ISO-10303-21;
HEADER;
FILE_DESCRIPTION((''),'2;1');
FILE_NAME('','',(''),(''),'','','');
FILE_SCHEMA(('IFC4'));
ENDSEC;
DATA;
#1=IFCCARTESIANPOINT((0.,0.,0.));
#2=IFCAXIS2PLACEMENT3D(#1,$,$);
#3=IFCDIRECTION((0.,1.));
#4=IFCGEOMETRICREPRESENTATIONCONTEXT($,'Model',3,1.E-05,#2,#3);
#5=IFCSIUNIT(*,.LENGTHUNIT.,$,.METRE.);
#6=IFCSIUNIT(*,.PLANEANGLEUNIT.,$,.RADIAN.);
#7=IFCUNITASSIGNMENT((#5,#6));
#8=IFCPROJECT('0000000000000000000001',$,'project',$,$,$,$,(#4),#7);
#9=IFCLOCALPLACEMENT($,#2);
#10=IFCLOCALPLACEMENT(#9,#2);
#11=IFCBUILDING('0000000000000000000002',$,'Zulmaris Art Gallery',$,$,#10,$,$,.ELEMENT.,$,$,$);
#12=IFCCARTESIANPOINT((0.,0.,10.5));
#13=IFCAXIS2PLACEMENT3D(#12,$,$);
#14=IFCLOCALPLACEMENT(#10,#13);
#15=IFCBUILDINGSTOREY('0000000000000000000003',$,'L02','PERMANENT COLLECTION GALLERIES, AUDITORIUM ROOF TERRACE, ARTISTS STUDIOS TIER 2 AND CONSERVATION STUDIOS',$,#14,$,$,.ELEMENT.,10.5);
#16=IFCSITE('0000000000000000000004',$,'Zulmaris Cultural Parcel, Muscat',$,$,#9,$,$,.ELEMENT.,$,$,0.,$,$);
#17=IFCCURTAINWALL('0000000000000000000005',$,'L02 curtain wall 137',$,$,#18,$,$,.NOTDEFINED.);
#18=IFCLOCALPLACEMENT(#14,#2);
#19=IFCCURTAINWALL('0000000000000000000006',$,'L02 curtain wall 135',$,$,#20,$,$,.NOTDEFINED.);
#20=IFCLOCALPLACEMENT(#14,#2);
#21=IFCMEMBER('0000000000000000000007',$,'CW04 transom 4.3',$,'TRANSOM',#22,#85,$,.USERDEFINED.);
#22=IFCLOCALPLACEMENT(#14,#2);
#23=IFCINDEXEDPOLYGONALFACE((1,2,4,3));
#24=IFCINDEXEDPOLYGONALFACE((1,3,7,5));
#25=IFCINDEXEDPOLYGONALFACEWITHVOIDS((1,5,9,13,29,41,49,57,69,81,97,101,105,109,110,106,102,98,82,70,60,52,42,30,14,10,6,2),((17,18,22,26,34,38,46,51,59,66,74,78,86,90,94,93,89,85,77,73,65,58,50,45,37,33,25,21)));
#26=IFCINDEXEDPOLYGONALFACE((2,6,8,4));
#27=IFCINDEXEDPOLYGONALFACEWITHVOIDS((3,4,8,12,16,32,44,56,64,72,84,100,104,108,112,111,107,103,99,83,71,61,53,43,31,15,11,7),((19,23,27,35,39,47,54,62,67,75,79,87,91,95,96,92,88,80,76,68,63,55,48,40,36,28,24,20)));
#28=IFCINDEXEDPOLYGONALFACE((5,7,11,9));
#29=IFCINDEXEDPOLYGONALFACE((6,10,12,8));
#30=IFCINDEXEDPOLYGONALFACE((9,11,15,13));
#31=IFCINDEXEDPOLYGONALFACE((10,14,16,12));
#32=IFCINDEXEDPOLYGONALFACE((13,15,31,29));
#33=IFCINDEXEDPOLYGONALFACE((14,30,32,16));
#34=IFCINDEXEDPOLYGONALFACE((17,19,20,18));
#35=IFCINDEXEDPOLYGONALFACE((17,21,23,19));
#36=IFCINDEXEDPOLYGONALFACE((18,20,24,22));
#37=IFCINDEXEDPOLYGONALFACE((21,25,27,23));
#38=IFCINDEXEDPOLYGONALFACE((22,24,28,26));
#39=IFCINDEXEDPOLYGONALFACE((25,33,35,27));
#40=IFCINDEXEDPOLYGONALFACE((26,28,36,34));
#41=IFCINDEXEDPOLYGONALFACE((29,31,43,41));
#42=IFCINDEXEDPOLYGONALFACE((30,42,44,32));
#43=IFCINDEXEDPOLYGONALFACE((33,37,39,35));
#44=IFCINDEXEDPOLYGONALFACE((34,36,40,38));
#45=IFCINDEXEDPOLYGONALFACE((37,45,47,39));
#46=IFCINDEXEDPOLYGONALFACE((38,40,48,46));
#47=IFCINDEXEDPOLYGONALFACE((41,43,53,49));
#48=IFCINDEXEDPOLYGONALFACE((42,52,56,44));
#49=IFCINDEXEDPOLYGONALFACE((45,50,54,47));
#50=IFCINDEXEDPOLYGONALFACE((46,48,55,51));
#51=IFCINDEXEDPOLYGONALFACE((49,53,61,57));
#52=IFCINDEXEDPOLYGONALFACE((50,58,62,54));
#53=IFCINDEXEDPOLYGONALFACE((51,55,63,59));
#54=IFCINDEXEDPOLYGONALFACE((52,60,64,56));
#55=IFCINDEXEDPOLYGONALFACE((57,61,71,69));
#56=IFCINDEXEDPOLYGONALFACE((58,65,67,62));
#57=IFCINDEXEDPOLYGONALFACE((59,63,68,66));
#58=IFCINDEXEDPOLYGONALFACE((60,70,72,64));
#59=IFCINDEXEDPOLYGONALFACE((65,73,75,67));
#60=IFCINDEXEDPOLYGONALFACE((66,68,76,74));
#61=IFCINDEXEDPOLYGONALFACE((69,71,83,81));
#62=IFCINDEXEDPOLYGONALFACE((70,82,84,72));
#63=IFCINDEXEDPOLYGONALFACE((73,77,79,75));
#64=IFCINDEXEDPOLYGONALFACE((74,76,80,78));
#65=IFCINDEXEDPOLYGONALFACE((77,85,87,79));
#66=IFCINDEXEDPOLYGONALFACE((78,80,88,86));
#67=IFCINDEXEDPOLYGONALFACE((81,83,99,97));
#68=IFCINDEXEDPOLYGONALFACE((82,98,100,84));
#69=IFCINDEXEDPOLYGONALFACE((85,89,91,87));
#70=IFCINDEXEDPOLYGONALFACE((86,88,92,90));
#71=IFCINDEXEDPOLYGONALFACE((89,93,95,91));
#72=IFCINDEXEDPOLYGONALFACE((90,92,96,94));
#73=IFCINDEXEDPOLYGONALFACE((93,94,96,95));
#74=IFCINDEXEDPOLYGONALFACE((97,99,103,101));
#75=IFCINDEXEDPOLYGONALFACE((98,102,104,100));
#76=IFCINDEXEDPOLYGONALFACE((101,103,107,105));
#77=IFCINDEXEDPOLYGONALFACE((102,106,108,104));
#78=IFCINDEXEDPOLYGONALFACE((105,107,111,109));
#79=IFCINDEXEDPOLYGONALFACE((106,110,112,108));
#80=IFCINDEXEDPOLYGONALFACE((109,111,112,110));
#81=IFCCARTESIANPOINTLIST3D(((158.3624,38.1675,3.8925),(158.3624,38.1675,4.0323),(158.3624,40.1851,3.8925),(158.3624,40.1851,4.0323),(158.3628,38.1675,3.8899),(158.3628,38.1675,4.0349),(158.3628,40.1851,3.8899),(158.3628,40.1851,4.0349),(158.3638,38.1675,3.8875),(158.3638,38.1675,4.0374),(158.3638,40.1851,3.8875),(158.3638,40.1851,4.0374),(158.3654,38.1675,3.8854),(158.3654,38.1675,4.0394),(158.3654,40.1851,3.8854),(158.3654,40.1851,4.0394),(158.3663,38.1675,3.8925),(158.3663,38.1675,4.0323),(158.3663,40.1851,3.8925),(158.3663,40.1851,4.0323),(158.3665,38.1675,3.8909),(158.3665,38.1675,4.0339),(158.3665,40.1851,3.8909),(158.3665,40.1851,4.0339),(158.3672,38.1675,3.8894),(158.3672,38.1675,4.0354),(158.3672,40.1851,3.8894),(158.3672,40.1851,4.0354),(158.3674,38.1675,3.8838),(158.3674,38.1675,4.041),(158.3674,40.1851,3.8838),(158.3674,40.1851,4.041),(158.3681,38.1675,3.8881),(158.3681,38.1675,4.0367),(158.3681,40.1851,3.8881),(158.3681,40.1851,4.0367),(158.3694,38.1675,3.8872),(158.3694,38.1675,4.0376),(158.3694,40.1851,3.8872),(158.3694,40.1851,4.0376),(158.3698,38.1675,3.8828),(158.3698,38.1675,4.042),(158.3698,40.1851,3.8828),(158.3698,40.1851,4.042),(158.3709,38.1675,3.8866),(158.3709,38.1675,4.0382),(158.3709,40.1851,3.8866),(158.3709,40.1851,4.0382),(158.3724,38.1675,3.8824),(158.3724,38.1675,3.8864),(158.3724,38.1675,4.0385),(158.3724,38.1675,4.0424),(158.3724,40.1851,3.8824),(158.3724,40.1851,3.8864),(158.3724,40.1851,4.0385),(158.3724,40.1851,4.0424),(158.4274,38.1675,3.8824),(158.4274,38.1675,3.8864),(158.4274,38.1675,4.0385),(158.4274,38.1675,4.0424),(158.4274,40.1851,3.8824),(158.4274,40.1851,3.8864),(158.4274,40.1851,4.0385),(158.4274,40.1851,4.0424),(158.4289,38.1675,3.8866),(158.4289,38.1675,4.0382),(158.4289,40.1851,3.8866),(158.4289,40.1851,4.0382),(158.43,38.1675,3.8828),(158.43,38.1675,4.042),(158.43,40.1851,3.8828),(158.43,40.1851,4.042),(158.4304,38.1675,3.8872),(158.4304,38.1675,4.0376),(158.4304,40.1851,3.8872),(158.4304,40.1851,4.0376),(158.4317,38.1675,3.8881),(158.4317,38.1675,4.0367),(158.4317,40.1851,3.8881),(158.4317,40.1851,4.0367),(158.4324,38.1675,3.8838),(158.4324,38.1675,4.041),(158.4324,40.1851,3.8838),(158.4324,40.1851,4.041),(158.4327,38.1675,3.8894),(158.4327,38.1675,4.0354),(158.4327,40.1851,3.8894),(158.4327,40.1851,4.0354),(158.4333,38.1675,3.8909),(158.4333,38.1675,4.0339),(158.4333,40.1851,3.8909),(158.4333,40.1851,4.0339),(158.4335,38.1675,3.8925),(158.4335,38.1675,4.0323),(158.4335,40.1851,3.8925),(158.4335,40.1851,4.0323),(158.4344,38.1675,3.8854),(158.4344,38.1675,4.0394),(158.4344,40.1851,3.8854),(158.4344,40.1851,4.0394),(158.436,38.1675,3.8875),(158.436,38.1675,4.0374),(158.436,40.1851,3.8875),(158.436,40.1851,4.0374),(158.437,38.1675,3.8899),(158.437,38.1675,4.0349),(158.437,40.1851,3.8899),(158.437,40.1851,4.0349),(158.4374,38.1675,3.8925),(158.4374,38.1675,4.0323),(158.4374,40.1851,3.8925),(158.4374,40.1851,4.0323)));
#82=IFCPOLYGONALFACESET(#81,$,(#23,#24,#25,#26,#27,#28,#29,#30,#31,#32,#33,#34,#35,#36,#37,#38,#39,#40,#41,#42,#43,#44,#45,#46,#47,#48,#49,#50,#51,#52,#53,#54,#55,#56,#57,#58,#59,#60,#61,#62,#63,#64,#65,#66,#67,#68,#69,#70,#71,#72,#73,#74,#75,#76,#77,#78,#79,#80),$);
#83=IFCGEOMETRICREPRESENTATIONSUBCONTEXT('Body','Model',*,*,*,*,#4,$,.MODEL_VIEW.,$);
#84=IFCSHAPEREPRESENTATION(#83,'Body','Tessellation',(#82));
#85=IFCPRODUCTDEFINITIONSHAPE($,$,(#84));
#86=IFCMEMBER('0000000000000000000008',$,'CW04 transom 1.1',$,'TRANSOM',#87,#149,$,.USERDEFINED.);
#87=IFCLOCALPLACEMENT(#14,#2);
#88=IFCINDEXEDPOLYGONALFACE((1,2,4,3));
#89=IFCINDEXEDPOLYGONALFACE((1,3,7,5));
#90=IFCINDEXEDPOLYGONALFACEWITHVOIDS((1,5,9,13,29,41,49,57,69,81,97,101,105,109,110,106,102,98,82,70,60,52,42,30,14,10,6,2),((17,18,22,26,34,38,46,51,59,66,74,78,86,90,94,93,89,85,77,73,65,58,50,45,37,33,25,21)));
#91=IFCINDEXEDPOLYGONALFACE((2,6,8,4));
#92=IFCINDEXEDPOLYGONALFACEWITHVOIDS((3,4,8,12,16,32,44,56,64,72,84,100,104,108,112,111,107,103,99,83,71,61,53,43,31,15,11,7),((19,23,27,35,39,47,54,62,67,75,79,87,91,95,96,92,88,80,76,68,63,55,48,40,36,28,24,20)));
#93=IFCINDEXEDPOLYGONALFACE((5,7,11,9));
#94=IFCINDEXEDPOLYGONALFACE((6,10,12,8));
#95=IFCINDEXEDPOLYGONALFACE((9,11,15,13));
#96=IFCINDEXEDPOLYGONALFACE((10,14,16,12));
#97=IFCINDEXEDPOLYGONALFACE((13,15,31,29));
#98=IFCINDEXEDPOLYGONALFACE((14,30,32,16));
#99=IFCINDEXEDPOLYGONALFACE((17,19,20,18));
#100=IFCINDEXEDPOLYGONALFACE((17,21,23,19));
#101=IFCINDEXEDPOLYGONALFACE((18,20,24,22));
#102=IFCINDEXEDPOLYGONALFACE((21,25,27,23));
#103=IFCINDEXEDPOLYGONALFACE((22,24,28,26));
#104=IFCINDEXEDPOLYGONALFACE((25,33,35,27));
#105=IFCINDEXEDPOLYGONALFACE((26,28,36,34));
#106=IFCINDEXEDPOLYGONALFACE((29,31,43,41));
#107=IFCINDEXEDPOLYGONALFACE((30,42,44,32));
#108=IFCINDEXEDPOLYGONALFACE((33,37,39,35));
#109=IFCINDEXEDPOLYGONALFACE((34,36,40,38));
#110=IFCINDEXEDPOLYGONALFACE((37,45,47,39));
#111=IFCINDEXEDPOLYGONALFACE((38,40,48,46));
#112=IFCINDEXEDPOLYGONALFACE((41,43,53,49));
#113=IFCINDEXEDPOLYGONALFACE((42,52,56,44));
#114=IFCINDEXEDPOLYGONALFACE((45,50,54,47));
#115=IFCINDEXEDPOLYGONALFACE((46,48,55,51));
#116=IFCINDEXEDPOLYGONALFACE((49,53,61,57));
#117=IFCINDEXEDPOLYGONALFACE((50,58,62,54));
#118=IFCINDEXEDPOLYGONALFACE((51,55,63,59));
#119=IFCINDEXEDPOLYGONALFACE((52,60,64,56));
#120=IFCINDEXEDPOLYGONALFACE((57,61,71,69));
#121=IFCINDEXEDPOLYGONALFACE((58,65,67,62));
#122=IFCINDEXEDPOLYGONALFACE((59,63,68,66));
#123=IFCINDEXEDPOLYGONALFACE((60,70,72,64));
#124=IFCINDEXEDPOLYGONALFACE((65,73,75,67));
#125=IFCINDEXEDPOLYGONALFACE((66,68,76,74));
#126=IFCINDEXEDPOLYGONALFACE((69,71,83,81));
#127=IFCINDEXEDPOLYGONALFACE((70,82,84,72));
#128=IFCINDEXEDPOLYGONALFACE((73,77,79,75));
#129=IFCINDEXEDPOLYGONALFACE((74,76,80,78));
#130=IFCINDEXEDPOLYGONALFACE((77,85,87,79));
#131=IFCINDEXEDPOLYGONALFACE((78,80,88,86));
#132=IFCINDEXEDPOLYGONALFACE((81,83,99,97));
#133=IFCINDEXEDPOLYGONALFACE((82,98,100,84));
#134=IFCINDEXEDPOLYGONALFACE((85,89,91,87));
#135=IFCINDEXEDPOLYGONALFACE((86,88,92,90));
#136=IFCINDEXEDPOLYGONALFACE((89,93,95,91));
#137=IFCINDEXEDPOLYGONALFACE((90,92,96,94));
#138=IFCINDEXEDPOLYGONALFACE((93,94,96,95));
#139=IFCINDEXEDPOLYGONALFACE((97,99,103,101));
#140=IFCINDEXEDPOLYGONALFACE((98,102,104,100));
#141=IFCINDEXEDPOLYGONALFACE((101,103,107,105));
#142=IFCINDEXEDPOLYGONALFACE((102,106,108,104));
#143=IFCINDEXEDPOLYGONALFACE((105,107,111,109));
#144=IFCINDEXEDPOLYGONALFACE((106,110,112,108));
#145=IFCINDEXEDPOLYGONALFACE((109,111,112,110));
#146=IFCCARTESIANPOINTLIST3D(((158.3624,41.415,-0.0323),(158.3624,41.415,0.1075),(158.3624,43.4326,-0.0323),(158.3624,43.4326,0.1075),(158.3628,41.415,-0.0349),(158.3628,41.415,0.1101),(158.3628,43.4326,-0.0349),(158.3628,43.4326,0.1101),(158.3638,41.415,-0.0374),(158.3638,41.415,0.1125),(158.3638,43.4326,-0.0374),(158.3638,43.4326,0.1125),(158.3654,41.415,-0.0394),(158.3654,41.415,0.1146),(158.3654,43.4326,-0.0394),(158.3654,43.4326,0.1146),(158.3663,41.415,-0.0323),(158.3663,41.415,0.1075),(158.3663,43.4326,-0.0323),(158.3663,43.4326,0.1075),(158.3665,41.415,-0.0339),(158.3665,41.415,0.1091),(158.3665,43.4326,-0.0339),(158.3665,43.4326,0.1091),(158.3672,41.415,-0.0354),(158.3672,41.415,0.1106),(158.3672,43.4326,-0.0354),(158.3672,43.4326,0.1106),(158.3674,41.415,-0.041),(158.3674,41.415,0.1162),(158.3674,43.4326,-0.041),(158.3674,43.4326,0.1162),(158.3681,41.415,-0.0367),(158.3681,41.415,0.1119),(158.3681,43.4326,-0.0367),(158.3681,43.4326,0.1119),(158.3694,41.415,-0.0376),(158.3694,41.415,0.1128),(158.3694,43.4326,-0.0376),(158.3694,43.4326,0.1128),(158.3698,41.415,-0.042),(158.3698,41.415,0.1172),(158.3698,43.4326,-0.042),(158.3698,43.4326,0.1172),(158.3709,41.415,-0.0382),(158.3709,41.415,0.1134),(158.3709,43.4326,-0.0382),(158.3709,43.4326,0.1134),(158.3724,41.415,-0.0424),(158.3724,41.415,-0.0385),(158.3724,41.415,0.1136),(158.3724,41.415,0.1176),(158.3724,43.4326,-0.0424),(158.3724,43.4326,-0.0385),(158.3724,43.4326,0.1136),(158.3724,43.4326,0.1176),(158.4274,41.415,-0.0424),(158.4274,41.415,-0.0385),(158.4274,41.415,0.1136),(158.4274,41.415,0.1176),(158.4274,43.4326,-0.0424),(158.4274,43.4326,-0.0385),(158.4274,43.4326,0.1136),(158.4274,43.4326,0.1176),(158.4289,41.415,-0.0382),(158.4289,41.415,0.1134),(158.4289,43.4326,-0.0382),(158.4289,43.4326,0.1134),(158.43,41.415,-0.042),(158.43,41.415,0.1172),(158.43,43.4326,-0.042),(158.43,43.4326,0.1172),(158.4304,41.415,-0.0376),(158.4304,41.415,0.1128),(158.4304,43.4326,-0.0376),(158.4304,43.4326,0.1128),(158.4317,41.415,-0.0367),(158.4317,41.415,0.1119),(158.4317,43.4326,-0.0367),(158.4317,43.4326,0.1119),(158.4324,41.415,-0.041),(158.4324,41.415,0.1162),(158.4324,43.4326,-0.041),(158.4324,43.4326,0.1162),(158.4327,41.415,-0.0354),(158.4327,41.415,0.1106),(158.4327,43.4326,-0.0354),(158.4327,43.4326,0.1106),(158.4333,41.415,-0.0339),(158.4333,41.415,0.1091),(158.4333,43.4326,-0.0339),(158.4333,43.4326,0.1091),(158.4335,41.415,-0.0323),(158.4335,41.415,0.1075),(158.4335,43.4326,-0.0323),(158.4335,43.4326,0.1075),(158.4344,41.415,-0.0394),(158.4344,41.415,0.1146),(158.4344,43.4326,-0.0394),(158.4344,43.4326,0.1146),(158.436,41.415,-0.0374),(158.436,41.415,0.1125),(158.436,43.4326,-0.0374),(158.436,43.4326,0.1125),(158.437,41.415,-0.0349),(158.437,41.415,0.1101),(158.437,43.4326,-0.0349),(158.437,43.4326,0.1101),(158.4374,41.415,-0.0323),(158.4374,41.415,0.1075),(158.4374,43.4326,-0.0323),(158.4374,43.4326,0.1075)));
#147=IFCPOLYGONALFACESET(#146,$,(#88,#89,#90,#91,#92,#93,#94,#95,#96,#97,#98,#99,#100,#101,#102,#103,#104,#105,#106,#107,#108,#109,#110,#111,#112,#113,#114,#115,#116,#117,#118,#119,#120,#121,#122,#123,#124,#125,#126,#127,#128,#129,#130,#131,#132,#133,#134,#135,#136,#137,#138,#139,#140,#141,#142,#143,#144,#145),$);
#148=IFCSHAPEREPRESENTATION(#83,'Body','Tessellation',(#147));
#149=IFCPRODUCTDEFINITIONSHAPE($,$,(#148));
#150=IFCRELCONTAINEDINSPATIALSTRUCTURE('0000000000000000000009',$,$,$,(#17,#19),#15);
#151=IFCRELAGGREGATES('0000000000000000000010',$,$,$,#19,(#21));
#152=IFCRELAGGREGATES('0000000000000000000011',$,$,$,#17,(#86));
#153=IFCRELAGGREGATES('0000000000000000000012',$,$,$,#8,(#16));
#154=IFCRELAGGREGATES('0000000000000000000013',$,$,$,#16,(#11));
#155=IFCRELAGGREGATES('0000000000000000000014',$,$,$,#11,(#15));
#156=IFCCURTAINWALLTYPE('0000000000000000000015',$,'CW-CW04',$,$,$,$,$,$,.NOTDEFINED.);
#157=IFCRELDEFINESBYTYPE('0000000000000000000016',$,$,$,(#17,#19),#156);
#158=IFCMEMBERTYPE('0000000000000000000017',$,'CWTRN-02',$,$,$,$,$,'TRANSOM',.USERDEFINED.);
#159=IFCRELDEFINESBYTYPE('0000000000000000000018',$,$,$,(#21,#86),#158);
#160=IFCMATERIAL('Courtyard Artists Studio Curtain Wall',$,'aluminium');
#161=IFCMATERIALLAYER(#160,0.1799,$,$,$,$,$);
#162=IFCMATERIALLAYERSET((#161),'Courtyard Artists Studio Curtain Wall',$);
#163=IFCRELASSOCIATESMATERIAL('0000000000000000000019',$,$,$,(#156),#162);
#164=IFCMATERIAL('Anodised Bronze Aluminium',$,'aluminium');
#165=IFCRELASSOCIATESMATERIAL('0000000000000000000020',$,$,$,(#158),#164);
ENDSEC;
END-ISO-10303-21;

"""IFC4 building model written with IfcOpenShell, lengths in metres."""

from ifc_helpers import new_model, si_unit, direction, frame, origin, origin_2d, place, context, subcontext, project, spatial, hollow_rectangle, extrude, material, layer, layer_set, material_profile, profile_set, type_object, element, aggregate, save


model = new_model("IFC4")

# Units and contexts
model_context = context("Model", 3, precision=1e-05, world=origin(), true_north=direction((0.0, 1.0)))
body_context = subcontext(model_context, "Body", "Model", "MODEL_VIEW")
ifc_project = project(units=[si_unit("LENGTHUNIT", "METRE"), si_unit("PLANEANGLEUNIT", "RADIAN")], contexts=[model_context])

# Site, building, storey
site_placement = place(None, origin())
site = spatial("IfcSite", under=ifc_project, at=site_placement, Name="Zulmaris Cultural Parcel, Muscat", CompositionType="ELEMENT", RefElevation=0.0)
building_placement = place(site_placement, origin())
building = spatial("IfcBuilding", under=site, at=building_placement, Name="Zulmaris Art Gallery", CompositionType="ELEMENT")
storey_placement = place(building_placement, frame((0.0, 0.0, 10.5)))
storey = spatial("IfcBuildingStorey", under=building, at=storey_placement, Name="L02", Description="PERMANENT COLLECTION GALLERIES, AUDITORIUM ROOF TERRACE, ARTISTS STUDIOS TIER 2 AND CONSERVATION STUDIOS", CompositionType="ELEMENT", Elevation=10.5)

# Curtain walls, member
ifc_material_1 = material(Name="Courtyard Artists Studio Curtain Wall", Category="aluminium")
ifc_layer_1 = layer(ifc_material_1, 0.1799)
ifc_layer_set_1 = layer_set([ifc_layer_1], Name="Courtyard Artists Studio Curtain Wall")
curtain_wall_type = type_object("IfcCurtainWallType", Name="CW-CW04", PredefinedType="NOTDEFINED", material=ifc_layer_set_1)
curtain_wall_1_placement = place(storey_placement, origin())
curtain_wall_1 = element("IfcCurtainWall", 1, at=curtain_wall_1_placement, inside=storey, type_object=curtain_wall_type, Name="L02 curtain wall 137", PredefinedType="NOTDEFINED")
ifc_material_2 = material(Name="Anodised Bronze Aluminium", Category="aluminium")
curtain_wall_2_placement = place(storey_placement, origin())
curtain_wall_2 = element("IfcCurtainWall", 2, at=curtain_wall_2_placement, inside=storey, type_object=curtain_wall_type, Name="L02 curtain wall 135", PredefinedType="NOTDEFINED")
ifc_material_profile_1 = material_profile(ifc_material_2, hollow_rectangle(XDim=0.075, YDim=0.1599, WallThickness=0.0039, InnerFilletRadius=0.0061, OuterFilletRadius=0.01, at=origin_2d()), Name="ALU 75x160x4")
ifc_profile_set_1 = profile_set([ifc_material_profile_1], Name="Anodised Bronze Aluminium")
member_type_1 = type_object("IfcMemberType", Name="CWTRN-02", ElementType="TRANSOM", PredefinedType="USERDEFINED", material=ifc_profile_set_1)
member_1_placement = place(storey_placement, frame((158.3999, 38.1675, 3.9624), z_axis=(0.0, 1.0, 0.0), x_axis=(-1.0, 0.0, 0.0)))
member_1 = element("IfcMember", 3, at=member_1_placement, type_object=member_type_1, Name="CW04 transom 4.3", ObjectType="TRANSOM", PredefinedType="USERDEFINED", context=body_context, shape_type="SweptSolid", body=[
    extrude(hollow_rectangle(XDim=0.075, YDim=0.1599, WallThickness=0.0039, InnerFilletRadius=0.0061, OuterFilletRadius=0.01, at=origin_2d()), origin(), (0.0, 0.0, 1.0), 2.0176),
])

# Member
member_2_placement = place(storey_placement, frame((158.3999, 41.415, 0.0376), z_axis=(0.0, 1.0, 0.0), x_axis=(-1.0, 0.0, 0.0)))
member_2 = element("IfcMember", 4, at=member_2_placement, type_object=member_type_1, Name="CW04 transom 1.1", ObjectType="TRANSOM", PredefinedType="USERDEFINED", context=body_context, shape_type="SweptSolid", body=[
    extrude(hollow_rectangle(XDim=0.075, YDim=0.1599, WallThickness=0.0039, InnerFilletRadius=0.0061, OuterFilletRadius=0.01, at=origin_2d()), origin(), (0.0, 0.0, 1.0), 2.0176),
])

aggregate(curtain_wall_2, [member_1])
aggregate(curtain_wall_1, [member_2])

save(model, "model.ifc")
